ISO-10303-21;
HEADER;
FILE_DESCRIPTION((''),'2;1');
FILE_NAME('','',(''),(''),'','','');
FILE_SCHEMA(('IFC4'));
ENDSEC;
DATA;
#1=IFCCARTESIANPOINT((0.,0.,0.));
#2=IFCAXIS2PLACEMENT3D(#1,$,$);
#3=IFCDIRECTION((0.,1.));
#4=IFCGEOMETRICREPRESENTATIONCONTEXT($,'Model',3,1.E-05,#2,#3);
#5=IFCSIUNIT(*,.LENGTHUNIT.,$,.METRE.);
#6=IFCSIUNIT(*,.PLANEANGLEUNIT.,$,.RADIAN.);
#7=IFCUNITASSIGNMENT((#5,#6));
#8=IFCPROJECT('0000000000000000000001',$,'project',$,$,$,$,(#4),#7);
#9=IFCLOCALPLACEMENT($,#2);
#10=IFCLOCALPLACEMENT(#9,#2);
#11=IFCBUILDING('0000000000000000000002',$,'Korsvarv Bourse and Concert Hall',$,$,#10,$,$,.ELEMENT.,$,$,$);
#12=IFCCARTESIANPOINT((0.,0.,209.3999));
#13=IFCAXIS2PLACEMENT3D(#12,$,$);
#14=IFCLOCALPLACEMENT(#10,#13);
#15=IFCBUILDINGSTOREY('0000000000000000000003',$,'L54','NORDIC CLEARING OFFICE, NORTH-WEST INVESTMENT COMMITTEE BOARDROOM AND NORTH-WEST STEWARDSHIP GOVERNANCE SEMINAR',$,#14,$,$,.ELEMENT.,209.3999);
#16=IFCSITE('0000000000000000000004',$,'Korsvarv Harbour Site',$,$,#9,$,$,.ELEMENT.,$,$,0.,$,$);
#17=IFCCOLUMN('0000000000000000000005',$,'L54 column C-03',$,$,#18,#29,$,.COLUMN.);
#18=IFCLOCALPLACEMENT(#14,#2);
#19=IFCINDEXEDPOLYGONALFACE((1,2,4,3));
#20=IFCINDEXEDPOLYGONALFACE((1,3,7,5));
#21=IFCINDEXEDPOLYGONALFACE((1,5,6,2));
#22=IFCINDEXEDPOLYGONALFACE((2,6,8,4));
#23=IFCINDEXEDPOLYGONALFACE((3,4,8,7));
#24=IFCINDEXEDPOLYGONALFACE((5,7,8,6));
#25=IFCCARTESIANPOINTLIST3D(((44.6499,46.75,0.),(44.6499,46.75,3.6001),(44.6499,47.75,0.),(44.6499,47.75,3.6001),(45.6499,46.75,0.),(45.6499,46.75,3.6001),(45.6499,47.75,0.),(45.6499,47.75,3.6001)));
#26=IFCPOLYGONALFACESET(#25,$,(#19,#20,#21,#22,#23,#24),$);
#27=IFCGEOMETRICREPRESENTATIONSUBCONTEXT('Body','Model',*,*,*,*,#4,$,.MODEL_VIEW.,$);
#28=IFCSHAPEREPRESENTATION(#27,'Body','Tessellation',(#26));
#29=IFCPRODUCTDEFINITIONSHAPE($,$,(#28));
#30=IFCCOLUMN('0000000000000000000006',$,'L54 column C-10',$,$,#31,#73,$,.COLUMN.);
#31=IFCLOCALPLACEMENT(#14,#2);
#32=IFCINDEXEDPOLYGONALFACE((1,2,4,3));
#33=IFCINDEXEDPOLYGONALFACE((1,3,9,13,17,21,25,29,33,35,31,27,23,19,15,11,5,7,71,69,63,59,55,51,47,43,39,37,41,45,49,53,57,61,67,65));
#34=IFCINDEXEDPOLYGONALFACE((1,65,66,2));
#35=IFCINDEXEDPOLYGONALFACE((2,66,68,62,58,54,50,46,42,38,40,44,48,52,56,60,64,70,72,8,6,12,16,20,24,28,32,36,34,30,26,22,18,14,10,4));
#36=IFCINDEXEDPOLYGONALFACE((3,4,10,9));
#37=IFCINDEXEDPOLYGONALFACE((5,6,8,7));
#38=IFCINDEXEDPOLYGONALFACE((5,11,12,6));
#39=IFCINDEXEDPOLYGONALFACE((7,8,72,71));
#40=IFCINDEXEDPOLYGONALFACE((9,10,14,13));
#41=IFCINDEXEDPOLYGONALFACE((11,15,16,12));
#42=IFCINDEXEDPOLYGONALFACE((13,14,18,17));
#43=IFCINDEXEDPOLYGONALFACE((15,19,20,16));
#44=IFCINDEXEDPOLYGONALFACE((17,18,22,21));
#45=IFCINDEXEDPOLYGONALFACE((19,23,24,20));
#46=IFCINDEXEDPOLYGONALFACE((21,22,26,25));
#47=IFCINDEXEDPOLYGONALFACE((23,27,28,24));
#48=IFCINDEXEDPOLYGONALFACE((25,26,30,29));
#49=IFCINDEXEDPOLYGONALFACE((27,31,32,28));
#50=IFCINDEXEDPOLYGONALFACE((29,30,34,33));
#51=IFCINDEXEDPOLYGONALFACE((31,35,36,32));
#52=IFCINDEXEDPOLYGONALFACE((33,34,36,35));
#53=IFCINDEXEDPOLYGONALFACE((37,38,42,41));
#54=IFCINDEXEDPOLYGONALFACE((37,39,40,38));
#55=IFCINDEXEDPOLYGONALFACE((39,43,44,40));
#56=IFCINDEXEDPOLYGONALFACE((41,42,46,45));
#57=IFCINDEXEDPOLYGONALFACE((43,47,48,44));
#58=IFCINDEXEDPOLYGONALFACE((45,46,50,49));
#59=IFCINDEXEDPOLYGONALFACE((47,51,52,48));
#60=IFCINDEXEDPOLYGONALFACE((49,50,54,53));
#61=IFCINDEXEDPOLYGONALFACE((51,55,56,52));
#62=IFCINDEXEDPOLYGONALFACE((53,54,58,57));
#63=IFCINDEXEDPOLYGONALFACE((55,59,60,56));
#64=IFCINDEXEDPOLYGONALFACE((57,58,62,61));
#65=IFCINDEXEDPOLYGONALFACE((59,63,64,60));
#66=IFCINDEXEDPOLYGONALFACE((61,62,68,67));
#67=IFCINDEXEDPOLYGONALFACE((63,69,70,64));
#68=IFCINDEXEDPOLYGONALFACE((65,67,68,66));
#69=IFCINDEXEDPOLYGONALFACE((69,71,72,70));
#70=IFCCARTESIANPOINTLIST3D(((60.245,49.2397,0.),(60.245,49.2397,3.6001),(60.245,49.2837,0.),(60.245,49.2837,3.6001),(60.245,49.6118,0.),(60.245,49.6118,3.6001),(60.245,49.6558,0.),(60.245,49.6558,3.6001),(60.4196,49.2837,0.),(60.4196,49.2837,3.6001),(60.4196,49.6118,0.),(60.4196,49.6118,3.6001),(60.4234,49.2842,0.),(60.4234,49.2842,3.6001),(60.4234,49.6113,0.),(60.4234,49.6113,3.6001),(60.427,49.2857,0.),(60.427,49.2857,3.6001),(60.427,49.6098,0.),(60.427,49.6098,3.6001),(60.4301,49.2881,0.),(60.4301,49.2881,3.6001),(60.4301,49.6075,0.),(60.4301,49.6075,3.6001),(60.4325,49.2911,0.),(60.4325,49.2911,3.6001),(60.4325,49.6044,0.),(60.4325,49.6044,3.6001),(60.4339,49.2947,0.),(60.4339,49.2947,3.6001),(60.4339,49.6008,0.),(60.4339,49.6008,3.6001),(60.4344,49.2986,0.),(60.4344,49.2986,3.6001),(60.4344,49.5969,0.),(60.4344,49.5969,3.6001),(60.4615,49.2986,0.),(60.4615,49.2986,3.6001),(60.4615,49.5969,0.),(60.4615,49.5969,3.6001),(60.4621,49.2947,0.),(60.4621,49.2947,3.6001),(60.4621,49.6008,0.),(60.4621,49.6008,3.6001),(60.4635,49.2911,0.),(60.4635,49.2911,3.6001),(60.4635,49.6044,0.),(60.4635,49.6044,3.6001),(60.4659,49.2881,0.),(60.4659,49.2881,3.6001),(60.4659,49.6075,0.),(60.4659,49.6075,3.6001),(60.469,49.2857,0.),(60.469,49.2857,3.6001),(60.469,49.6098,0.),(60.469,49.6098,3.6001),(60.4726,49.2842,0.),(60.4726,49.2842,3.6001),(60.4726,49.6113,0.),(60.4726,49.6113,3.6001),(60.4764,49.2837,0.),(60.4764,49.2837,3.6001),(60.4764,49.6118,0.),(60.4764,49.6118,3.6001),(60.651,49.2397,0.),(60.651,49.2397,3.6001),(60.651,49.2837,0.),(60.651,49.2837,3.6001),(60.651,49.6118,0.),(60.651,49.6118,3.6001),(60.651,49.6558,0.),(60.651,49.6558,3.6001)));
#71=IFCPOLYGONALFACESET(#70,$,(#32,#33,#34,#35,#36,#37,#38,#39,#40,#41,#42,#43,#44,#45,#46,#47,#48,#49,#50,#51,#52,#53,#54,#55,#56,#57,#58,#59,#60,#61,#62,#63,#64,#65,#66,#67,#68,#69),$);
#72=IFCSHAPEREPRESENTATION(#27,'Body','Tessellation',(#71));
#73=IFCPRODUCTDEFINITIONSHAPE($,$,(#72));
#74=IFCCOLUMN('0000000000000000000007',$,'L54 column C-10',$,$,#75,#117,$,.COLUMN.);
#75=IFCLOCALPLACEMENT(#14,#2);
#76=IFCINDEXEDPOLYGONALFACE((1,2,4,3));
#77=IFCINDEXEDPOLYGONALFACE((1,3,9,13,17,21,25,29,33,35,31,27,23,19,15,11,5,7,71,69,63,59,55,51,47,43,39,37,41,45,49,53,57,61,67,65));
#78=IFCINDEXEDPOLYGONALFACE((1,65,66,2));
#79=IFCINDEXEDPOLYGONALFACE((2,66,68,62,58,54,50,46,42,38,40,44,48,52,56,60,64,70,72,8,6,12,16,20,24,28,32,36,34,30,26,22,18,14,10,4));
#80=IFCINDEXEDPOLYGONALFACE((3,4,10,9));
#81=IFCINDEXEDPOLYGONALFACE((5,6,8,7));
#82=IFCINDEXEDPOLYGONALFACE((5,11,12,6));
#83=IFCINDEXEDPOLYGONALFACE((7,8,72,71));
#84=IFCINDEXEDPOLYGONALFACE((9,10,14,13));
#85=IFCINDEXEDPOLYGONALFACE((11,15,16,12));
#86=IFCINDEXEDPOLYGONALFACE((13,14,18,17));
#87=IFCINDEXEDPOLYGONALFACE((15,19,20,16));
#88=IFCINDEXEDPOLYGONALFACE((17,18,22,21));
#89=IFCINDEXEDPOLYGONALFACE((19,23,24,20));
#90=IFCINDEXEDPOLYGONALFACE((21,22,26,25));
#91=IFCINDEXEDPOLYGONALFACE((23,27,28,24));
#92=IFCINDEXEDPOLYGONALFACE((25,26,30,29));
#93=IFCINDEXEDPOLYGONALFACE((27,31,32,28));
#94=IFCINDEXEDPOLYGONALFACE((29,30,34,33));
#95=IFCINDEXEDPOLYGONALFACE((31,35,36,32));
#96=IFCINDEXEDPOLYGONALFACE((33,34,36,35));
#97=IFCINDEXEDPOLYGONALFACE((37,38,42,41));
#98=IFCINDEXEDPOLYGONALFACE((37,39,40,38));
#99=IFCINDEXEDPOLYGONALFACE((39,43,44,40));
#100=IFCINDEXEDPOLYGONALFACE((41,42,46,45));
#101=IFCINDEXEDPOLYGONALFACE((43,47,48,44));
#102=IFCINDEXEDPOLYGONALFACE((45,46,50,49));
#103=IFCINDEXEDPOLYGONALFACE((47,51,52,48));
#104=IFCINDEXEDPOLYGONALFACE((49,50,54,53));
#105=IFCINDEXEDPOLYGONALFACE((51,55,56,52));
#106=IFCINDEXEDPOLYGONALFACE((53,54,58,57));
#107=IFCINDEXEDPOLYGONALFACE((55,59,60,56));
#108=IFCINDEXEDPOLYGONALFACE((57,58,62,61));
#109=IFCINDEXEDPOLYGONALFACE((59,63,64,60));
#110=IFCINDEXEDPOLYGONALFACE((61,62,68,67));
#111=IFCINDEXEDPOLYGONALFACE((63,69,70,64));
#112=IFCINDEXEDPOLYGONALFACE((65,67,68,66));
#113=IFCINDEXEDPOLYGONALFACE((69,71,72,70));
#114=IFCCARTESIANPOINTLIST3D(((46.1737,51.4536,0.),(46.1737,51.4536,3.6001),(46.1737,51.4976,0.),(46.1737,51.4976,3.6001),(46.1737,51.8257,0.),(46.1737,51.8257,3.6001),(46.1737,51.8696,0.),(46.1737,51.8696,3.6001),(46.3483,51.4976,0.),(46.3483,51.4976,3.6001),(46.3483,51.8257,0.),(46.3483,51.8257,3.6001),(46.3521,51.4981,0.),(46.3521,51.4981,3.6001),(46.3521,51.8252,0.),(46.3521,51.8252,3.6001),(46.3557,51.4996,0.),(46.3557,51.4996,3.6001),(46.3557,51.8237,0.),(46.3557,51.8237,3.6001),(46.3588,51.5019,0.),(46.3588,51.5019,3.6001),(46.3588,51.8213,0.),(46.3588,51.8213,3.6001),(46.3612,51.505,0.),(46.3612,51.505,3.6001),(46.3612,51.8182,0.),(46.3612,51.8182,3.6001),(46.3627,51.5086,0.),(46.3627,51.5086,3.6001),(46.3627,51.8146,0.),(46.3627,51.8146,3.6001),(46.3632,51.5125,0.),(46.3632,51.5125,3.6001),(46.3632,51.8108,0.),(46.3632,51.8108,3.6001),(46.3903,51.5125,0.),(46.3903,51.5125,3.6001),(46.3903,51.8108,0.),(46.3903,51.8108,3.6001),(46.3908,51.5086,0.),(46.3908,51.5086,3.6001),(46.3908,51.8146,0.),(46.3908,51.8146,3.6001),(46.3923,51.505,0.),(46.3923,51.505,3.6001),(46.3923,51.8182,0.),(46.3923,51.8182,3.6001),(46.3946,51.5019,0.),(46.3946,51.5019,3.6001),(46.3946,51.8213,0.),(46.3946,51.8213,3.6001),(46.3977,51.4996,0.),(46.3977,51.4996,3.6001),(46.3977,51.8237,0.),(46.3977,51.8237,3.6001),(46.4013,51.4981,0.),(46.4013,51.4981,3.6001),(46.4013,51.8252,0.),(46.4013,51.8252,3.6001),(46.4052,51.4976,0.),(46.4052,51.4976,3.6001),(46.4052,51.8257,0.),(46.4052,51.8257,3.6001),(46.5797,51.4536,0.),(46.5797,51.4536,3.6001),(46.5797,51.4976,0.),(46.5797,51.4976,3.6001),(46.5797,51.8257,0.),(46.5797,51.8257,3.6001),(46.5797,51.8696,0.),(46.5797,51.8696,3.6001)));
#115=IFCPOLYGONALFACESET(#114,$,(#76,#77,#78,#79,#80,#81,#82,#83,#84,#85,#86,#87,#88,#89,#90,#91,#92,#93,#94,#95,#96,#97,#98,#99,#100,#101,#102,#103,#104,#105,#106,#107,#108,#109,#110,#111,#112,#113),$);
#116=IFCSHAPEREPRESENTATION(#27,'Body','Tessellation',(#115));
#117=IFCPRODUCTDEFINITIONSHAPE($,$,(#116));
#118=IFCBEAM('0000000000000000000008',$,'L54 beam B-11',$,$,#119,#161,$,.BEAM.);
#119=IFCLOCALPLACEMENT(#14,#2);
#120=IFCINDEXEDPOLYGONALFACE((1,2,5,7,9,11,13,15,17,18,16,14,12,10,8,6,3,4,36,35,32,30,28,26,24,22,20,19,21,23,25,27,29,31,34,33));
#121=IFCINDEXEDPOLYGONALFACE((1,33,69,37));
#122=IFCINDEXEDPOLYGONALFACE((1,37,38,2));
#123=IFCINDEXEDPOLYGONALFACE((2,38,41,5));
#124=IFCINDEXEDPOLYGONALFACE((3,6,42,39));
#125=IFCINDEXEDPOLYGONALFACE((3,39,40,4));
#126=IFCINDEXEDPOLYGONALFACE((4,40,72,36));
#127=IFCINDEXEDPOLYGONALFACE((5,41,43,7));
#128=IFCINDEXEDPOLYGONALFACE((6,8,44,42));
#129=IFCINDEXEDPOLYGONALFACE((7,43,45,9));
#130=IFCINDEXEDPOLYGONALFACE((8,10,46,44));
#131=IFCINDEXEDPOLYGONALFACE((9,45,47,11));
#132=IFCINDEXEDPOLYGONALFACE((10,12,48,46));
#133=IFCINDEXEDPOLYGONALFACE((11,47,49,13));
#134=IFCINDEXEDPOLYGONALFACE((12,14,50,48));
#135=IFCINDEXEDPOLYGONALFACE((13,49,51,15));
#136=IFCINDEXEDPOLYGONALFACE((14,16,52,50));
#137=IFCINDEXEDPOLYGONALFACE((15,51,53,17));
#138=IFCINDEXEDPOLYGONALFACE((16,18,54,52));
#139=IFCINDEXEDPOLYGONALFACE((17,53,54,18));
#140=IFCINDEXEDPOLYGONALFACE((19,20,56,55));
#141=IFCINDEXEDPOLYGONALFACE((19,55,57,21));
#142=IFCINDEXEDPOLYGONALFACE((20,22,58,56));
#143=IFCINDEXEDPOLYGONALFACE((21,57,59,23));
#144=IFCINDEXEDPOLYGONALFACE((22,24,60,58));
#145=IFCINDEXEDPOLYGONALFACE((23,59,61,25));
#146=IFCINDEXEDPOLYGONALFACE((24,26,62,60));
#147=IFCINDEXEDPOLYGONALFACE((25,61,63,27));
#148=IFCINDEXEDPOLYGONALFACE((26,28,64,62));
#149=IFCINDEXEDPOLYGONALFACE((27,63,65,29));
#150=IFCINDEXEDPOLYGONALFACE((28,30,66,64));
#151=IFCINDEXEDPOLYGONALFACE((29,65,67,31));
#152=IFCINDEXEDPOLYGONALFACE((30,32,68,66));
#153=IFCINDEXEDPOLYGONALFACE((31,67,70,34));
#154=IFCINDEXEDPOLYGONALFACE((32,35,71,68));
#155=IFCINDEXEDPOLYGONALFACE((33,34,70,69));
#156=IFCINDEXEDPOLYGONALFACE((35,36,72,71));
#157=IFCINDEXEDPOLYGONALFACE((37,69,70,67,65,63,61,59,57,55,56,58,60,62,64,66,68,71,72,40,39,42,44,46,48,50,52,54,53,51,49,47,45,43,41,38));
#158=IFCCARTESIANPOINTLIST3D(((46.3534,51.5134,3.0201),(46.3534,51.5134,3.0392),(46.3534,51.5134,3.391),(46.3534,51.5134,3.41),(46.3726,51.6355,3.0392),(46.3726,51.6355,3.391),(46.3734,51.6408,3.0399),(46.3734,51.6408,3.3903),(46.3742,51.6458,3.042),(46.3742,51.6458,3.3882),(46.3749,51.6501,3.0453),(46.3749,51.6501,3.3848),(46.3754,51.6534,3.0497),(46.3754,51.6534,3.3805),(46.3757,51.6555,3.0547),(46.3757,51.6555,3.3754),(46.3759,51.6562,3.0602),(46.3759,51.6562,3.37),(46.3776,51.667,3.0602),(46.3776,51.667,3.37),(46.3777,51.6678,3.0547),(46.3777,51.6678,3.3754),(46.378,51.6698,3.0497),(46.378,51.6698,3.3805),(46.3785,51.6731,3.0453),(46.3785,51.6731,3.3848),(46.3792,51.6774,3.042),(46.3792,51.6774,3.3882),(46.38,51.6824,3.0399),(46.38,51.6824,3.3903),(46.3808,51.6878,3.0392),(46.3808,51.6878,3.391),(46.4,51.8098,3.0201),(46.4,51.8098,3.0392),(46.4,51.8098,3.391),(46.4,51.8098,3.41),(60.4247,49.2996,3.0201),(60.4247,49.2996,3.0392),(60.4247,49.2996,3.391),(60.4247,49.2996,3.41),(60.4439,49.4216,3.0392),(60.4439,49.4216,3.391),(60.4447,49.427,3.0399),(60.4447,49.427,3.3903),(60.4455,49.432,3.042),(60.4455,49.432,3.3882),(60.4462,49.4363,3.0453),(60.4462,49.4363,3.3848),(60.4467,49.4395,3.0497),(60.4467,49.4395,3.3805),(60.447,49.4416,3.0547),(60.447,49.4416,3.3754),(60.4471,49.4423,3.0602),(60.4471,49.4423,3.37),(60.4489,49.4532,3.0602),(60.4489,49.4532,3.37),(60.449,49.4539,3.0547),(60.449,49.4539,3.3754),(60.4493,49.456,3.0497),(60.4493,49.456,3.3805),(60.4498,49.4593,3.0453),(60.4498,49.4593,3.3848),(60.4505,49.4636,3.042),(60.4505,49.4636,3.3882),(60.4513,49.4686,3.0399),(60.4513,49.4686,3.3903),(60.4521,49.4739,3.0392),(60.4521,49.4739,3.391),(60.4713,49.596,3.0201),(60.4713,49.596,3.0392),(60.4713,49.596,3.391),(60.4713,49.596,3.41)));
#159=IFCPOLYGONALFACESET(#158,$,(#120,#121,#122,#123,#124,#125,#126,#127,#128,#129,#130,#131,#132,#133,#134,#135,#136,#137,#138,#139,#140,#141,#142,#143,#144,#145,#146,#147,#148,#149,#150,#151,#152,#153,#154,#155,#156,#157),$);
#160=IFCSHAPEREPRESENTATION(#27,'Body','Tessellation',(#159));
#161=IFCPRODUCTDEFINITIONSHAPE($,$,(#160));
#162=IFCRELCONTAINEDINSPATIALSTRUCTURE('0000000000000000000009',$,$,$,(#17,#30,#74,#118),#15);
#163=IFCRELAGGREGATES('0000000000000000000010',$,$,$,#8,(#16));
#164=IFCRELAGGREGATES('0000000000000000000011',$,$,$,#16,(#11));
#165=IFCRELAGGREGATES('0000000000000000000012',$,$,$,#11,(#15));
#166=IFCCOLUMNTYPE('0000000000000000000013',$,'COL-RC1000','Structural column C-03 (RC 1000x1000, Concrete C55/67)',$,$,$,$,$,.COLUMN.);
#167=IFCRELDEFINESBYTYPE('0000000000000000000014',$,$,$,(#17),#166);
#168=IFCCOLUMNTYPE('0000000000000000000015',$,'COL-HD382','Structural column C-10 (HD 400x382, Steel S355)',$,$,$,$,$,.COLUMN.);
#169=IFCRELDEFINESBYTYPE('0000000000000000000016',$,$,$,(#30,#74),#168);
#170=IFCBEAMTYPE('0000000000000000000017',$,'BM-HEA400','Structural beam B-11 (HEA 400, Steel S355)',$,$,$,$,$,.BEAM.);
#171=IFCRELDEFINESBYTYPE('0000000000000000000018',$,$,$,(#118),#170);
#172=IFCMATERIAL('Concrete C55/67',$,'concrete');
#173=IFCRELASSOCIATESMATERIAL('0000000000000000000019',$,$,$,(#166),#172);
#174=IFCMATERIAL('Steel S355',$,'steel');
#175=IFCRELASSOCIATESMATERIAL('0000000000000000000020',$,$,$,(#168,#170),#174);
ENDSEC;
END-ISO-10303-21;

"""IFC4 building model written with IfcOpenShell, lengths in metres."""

from ifc_helpers import new_model, si_unit, direction, frame, origin, origin_2d, place, context, subcontext, project, spatial, rectangle, i_section, extrude, source, transform, mapped, material, material_profile, profile_set, type_object, element, save


model = new_model("IFC4")

# Units and contexts
model_context = context("Model", 3, precision=1e-05, world=origin(), true_north=direction((0.0, 1.0)))
body_context = subcontext(model_context, "Body", "Model", "MODEL_VIEW")
ifc_project = project(units=[si_unit("LENGTHUNIT", "METRE"), si_unit("PLANEANGLEUNIT", "RADIAN")], contexts=[model_context])

# Site, building, storey
site_placement = place(None, origin())
site = spatial("IfcSite", under=ifc_project, at=site_placement, Name="Korsvarv Harbour Site", CompositionType="ELEMENT", RefElevation=0.0)
building_placement = place(site_placement, origin())
building = spatial("IfcBuilding", under=site, at=building_placement, Name="Korsvarv Bourse and Concert Hall", CompositionType="ELEMENT")
storey_placement = place(building_placement, frame((0.0, 0.0, 209.3999)))
storey = spatial("IfcBuildingStorey", under=building, at=storey_placement, Name="L54", Description="NORDIC CLEARING OFFICE, NORTH-WEST INVESTMENT COMMITTEE BOARDROOM AND NORTH-WEST STEWARDSHIP GOVERNANCE SEMINAR", CompositionType="ELEMENT", Elevation=209.3999)

# Columns
ifc_material_1 = material(Name="Concrete C55/67", Category="concrete")
ifc_material_profile_1 = material_profile(ifc_material_1, rectangle(XDim=1.0, YDim=1.0, at=origin_2d()), Name="RC 1000x1000")
ifc_profile_set_1 = profile_set([ifc_material_profile_1], Name="Concrete C55/67")
column_type_1 = type_object("IfcColumnType", Name="COL-RC1000", Description="Structural column C-03 (RC 1000x1000, Concrete C55/67)", PredefinedType="COLUMN", material=ifc_profile_set_1)
shared_shape_1 = source(origin(), body_context, "Body", "SweptSolid", [
    extrude(rectangle(XDim=1.0, YDim=1.0, at=origin_2d()), origin(), (0.0, 0.0, 1.0), 3.6001),
])
column_placement = place(storey_placement, frame((45.1499, 47.25, 0.0), z_axis=(0.0, 0.0, 1.0), x_axis=(1.0, 0.0, 0.0)))
element("IfcColumn", 1, at=column_placement, inside=storey, type_object=column_type_1, Name="L54 column C-03", PredefinedType="COLUMN", context=body_context, shape_type="MappedRepresentation", body=[
    mapped(shared_shape_1, transform((0.0, 0.0, 0.0), scale=1.0)),
])
ifc_material_2 = material(Name="Steel S355", Category="steel")
ifc_material_profile_2 = material_profile(ifc_material_2, i_section(OverallWidth=0.406, OverallDepth=0.416, WebThickness=0.0271, FlangeThickness=0.0439, FilletRadius=0.0149, at=origin_2d()), Name="HD 400x382")
ifc_profile_set_2 = profile_set([ifc_material_profile_2], Name="Steel S355")
column_type_2 = type_object("IfcColumnType", Name="COL-HD382", Description="Structural column C-10 (HD 400x382, Steel S355)", PredefinedType="COLUMN", material=ifc_profile_set_2)
shared_shape_2 = source(origin(), body_context, "Body", "SweptSolid", [
    extrude(i_section(OverallWidth=0.406, OverallDepth=0.416, WebThickness=0.0271, FlangeThickness=0.0439, FilletRadius=0.0149, at=origin_2d()), origin(), (0.0, 0.0, 1.0), 3.6001),
])
for number, where, z_axis, x_axis, name in (
    (2, (60.448, 49.4478, 0.0), (0.0, 0.0, 1.0), (1.0, 0.0, 0.0), "L54 column C-10"),
    (3, (46.3767, 51.6616, 0.0), (0.0, 0.0, 1.0), (1.0, 0.0, 0.0), "L54 column C-10"),
):
    element("IfcColumn", number, at=place(storey_placement, frame(where, z_axis=z_axis, x_axis=x_axis)), inside=storey, type_object=column_type_2, Name=name, PredefinedType="COLUMN", context=body_context, shape_type="MappedRepresentation", body=[
        mapped(shared_shape_2, transform((0.0, 0.0, 0.0), scale=1.0)),
    ])

# Beam
ifc_material_profile_3 = material_profile(ifc_material_2, i_section(OverallWidth=0.3, OverallDepth=0.3899, WebThickness=0.011, FlangeThickness=0.019, FilletRadius=0.021, at=origin_2d()), Name="HEA 400")
ifc_profile_set_3 = profile_set([ifc_material_profile_3], Name="Steel S355")
beam_type_1 = type_object("IfcBeamType", Name="BM-HEA400", Description="Structural beam B-11 (HEA 400, Steel S355)", PredefinedType="BEAM", material=ifc_profile_set_3)
shared_shape_3 = source(origin(), body_context, "Body", "SweptSolid", [
    extrude(i_section(OverallWidth=0.3, OverallDepth=0.3899, WebThickness=0.011, FlangeThickness=0.019, FilletRadius=0.021, at=origin_2d()), origin(), (0.0, 0.0, 1.0), 14.2444),
])
beam_1_placement = place(storey_placement, frame((60.448, 49.4478, 3.2151), z_axis=(-0.987848, 0.15542, 0.0), x_axis=(-0.15542, -0.987848, 0.0)))
element("IfcBeam", 4, at=beam_1_placement, inside=storey, type_object=beam_type_1, Name="L54 beam B-11", PredefinedType="BEAM", context=body_context, shape_type="MappedRepresentation", body=[
    mapped(shared_shape_3, transform((0.0, 0.0, 0.0), scale=1.0)),
])

save(model, "model.ifc")
